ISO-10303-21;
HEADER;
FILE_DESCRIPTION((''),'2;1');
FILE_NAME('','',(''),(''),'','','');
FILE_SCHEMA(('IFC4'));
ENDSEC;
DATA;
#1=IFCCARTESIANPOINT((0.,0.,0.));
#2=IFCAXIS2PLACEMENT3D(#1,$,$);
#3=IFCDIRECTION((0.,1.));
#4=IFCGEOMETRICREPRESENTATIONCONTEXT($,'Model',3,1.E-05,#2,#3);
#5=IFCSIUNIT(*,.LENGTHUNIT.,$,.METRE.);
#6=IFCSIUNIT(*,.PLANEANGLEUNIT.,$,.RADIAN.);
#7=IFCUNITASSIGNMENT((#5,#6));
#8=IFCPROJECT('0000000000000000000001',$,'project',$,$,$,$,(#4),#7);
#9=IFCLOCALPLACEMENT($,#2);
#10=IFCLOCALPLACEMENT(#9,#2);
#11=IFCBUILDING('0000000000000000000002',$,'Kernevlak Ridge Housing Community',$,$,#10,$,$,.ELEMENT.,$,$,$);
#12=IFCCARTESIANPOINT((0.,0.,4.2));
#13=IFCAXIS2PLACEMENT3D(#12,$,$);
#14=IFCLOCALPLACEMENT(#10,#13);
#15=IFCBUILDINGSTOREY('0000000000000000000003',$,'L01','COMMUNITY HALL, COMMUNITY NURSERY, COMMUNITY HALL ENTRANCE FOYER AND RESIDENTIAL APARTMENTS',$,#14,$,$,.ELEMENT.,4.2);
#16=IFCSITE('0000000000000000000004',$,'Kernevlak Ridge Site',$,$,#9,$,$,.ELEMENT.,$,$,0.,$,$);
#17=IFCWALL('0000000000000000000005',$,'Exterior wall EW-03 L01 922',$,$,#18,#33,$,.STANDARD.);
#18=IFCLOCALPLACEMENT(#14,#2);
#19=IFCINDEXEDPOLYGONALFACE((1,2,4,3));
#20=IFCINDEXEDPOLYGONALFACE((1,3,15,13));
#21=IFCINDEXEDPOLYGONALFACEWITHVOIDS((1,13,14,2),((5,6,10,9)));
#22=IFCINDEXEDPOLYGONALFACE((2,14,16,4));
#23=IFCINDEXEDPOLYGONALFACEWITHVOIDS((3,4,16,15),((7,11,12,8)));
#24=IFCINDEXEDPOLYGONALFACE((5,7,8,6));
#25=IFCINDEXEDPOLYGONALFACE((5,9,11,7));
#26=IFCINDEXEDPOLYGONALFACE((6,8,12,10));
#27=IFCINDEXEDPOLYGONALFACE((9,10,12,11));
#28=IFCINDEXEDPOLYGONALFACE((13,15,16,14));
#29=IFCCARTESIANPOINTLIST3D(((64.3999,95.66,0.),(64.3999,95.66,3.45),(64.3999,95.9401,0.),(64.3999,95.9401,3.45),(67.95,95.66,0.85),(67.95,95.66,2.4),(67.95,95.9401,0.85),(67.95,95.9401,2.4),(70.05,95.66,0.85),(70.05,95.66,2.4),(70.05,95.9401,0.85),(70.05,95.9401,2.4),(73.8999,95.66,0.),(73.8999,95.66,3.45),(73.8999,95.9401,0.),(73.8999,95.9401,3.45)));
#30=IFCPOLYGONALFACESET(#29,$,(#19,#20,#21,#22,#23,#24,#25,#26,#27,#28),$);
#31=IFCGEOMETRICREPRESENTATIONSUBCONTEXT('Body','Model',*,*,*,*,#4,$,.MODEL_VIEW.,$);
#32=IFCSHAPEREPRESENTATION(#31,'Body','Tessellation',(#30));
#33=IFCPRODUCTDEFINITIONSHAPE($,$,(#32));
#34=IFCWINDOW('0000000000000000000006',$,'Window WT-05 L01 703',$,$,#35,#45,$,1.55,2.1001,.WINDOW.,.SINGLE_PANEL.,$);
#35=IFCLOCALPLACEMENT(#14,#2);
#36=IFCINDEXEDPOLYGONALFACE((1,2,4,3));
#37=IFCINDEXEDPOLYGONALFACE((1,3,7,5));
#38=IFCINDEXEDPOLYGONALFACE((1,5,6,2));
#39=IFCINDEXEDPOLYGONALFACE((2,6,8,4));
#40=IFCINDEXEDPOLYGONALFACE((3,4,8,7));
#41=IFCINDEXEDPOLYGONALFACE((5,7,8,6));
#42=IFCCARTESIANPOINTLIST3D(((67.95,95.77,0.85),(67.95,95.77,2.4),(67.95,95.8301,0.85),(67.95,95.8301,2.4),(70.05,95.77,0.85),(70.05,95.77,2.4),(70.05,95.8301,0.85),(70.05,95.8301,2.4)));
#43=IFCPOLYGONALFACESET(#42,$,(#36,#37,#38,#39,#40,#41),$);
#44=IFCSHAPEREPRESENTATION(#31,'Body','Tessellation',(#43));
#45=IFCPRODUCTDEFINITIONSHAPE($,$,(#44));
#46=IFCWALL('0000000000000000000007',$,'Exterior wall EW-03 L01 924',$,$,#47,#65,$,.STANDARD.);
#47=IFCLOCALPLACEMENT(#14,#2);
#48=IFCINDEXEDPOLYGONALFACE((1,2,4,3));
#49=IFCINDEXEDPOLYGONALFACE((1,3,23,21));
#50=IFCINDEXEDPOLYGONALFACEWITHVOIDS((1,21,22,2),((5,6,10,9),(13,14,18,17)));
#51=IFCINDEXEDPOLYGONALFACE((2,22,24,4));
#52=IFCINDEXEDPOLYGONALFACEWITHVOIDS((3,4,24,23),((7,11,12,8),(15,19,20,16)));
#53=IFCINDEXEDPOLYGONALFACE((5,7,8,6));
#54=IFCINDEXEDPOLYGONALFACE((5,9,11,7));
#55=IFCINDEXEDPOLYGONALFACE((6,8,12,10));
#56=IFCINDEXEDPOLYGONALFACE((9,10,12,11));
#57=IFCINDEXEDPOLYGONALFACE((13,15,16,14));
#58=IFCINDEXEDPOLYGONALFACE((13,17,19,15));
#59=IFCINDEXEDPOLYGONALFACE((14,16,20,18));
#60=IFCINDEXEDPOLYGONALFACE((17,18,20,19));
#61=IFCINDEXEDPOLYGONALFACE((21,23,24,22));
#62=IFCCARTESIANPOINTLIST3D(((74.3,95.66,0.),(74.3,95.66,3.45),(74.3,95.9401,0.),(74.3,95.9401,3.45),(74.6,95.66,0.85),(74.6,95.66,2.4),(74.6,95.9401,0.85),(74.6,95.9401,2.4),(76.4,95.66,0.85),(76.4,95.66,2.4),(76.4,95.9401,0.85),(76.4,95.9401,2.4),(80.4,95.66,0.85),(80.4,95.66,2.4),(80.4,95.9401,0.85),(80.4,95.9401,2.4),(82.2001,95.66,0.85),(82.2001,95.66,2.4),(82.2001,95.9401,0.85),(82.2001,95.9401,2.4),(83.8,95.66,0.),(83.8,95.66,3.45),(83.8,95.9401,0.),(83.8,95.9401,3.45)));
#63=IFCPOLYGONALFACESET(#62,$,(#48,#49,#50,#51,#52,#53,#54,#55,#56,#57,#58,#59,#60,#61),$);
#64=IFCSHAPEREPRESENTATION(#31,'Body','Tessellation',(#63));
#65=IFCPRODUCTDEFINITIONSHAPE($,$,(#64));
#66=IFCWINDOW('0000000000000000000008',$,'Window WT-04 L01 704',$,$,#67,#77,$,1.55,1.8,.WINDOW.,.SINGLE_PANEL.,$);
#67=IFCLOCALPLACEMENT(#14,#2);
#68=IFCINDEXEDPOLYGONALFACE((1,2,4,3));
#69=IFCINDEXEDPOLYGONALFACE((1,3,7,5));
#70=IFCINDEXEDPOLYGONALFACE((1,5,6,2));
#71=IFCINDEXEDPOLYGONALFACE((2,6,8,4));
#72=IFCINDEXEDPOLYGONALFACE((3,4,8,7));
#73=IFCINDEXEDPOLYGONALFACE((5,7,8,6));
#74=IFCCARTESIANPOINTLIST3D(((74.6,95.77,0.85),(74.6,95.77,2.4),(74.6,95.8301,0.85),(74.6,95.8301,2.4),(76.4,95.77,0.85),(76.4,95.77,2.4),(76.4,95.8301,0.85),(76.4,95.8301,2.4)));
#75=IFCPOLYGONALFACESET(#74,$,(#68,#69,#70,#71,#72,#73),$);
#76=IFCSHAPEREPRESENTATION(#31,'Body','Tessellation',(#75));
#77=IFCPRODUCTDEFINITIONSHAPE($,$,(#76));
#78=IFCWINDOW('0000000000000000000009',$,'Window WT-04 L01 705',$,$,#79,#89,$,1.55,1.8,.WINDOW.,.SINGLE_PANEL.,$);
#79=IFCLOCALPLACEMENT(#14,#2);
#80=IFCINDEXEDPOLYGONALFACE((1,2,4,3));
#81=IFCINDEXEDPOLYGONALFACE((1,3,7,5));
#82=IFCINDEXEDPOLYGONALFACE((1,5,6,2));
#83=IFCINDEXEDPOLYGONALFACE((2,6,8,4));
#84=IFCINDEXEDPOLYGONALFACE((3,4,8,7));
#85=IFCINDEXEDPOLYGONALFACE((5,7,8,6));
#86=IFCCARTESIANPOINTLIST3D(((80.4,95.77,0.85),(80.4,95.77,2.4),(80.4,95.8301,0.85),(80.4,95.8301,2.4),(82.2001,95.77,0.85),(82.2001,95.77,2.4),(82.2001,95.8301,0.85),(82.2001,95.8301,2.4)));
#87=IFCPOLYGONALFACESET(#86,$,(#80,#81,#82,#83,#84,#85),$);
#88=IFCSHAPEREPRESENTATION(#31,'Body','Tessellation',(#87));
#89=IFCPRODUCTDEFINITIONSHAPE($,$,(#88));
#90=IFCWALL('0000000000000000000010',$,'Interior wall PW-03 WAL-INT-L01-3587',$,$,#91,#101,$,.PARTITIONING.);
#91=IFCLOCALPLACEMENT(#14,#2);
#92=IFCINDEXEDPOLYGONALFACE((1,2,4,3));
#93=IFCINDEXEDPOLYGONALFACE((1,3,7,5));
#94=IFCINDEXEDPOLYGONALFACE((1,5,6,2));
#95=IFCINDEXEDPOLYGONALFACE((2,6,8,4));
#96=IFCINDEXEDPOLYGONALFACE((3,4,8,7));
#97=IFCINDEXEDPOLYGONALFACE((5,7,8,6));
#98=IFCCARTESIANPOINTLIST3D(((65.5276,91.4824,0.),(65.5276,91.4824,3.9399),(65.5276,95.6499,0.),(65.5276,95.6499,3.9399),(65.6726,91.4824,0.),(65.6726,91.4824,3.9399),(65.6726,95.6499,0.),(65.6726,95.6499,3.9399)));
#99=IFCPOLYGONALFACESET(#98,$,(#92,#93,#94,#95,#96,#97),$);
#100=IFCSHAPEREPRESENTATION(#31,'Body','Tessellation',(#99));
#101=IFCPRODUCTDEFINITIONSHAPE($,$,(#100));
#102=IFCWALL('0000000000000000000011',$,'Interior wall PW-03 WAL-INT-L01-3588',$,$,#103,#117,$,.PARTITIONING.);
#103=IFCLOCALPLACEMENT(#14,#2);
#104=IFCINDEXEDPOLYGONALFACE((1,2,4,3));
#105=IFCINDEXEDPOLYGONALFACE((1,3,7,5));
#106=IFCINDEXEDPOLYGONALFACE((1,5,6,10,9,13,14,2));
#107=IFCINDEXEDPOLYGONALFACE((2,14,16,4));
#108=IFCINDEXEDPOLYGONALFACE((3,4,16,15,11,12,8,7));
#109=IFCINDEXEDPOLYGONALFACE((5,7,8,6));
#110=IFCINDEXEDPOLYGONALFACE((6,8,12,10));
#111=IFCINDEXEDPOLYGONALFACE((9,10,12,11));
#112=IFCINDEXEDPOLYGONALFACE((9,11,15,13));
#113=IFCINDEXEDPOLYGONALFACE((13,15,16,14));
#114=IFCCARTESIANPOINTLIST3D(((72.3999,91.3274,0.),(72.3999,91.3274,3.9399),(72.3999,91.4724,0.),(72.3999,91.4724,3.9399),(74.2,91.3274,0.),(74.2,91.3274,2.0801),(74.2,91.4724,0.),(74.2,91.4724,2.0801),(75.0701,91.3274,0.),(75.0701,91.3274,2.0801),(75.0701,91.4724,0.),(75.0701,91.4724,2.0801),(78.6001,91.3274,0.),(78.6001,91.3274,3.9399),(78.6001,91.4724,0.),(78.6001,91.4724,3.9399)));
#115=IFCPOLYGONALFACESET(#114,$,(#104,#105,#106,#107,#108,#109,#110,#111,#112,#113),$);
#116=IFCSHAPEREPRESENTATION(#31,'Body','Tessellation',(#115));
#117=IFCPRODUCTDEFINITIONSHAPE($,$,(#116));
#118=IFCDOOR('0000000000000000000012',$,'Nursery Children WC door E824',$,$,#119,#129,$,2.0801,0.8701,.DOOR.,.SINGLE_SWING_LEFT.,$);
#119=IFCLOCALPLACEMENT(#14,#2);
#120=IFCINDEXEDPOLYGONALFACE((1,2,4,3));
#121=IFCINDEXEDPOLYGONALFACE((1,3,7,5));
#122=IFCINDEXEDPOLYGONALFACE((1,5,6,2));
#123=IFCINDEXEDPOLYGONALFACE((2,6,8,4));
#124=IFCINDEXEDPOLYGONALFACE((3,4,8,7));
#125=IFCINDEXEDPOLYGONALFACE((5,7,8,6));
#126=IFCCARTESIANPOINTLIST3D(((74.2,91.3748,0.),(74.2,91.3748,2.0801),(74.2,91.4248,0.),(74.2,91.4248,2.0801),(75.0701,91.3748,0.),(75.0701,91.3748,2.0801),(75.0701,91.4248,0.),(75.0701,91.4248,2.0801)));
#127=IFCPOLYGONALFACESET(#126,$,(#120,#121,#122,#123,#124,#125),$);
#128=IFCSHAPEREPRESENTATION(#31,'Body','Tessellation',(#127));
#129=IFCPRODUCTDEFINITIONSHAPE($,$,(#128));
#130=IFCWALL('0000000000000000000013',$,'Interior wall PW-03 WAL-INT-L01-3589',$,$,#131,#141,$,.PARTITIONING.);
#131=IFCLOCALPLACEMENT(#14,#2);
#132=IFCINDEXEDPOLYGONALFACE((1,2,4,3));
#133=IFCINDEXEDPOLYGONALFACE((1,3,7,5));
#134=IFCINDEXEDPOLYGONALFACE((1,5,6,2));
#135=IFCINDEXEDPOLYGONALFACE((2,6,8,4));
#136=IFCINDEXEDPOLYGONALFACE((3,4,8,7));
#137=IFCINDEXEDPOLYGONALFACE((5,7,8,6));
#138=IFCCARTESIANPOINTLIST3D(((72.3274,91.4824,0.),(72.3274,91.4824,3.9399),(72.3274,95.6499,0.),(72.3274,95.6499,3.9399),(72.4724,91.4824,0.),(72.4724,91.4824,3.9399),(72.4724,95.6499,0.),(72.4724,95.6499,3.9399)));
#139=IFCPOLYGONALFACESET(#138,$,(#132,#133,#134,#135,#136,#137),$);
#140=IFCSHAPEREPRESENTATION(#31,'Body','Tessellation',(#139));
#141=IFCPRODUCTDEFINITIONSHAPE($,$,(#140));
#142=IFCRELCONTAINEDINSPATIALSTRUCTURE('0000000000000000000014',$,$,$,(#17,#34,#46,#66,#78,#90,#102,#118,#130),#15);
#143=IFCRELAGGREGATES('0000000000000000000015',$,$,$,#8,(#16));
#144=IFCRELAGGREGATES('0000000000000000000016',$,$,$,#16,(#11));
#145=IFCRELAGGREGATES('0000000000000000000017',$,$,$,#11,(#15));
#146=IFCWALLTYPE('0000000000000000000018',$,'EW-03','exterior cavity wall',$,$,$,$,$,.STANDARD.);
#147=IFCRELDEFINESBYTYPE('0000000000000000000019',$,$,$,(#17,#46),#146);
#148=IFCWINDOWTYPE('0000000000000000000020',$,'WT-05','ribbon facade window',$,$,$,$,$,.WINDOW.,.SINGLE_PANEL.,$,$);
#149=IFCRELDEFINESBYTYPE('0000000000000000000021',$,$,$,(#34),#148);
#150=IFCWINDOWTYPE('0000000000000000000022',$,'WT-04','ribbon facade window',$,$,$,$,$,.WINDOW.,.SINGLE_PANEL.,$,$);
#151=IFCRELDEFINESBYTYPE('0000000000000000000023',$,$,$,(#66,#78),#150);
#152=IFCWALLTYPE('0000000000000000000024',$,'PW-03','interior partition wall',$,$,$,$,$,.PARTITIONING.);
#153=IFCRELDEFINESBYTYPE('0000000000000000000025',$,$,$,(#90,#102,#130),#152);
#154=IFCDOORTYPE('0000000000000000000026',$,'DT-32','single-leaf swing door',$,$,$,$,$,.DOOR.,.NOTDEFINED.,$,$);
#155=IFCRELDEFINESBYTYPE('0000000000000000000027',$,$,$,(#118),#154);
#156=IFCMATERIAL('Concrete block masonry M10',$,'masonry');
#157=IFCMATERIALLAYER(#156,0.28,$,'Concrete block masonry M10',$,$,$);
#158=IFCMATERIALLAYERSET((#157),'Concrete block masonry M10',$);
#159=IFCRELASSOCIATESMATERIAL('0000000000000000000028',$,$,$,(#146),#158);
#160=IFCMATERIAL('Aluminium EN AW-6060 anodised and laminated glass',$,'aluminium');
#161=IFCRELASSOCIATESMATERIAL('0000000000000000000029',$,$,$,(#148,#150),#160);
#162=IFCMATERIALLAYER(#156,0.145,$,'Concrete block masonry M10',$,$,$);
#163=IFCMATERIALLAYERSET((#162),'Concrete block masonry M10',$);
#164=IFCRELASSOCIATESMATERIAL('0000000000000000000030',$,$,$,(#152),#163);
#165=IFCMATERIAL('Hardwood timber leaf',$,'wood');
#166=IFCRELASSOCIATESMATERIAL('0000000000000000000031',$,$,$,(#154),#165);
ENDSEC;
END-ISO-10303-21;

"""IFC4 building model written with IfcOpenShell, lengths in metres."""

from ifc_helpers import new_model, si_unit, direction, frame, frame_2d, origin, place, context, subcontext, project, spatial, rectangle, extrude, material, layer, layer_set, type_object, element, fill, save


model = new_model("IFC4")

# Units and contexts
model_context = context("Model", 3, precision=1e-05, world=origin(), true_north=direction((0.0, 1.0)))
body_context = subcontext(model_context, "Body", "Model", "MODEL_VIEW")
ifc_project = project(units=[si_unit("LENGTHUNIT", "METRE"), si_unit("PLANEANGLEUNIT", "RADIAN")], contexts=[model_context])

# Site, building, storey
site_placement = place(None, origin())
site = spatial("IfcSite", under=ifc_project, at=site_placement, Name="Kernevlak Ridge Site", CompositionType="ELEMENT", RefElevation=0.0)
building_placement = place(site_placement, origin())
building = spatial("IfcBuilding", under=site, at=building_placement, Name="Kernevlak Ridge Housing Community", CompositionType="ELEMENT")
storey_placement = place(building_placement, frame((0.0, 0.0, 4.2)))
storey = spatial("IfcBuildingStorey", under=building, at=storey_placement, Name="L01", Description="COMMUNITY HALL, COMMUNITY NURSERY, COMMUNITY HALL ENTRANCE FOYER AND RESIDENTIAL APARTMENTS", CompositionType="ELEMENT", Elevation=4.2)

# Wall, opening, window
ifc_material_1 = material(Name="Concrete block masonry M10", Category="masonry")
ifc_layer_1 = layer(ifc_material_1, 0.28, Name="Concrete block masonry M10")
ifc_layer_set_1 = layer_set([ifc_layer_1], Name="Concrete block masonry M10")
wall_type_1 = type_object("IfcWallType", Name="EW-03", Description="exterior cavity wall", PredefinedType="STANDARD", material=ifc_layer_set_1)
ifc_material_2 = material(Name="Aluminium EN AW-6060 anodised and laminated glass", Category="aluminium")
window_type_1 = type_object("IfcWindowType", Name="WT-05", Description="ribbon facade window", PartitioningType="SINGLE_PANEL", PredefinedType="WINDOW", material=ifc_material_2)
wall_1_placement = place(storey_placement, frame((64.3999, 95.8, 0.0), z_axis=(0.0, 0.0, 1.0), x_axis=(1.0, 0.0, 0.0)))
wall_1 = element("IfcWall", 1, at=wall_1_placement, inside=storey, type_object=wall_type_1, Name="Exterior wall EW-03 L01 922", PredefinedType="STANDARD", context=body_context, shape_type="SweptSolid", body=[
    extrude(rectangle(XDim=9.5, YDim=0.28, at=frame_2d((4.75, 0.0))), origin(), (0.0, 0.0, 1.0), 3.45),
])
opening_1_placement = place(wall_1_placement, frame((3.55, 0.0, 0.8501)))
opening_1 = element("IfcOpeningElement", 2, at=opening_1_placement, cuts=wall_1, PredefinedType="OPENING", context=body_context, shape_type="SweptSolid", body=[
    extrude(rectangle(XDim=2.1001, YDim=1.55, at=frame_2d((1.05, 0.7749))), frame((0.0, 0.1499, 0.0), z_axis=(0.0, -1.0, 0.0), x_axis=(1.0, 0.0, 0.0)), (0.0, 0.0, 1.0), 0.3),
])
window_1_placement = place(opening_1_placement, origin())
window_1 = element("IfcWindow", 3, at=window_1_placement, inside=storey, type_object=window_type_1, Name="Window WT-05 L01 703", OverallHeight=1.55, OverallWidth=2.1001, PartitioningType="SINGLE_PANEL", PredefinedType="WINDOW", context=body_context, shape_type="SweptSolid", body=[
    extrude(rectangle(XDim=2.1001, YDim=1.55, at=frame_2d((1.05, 0.7749))), frame((0.0, 0.03, 0.0), z_axis=(0.0, -1.0, 0.0), x_axis=(1.0, 0.0, 0.0)), (0.0, 0.0, 1.0), 0.0601),
])
fill(opening_1, window_1)

# Wall, openings, windows
wall_2_placement = place(storey_placement, frame((74.3, 95.8, 0.0), z_axis=(0.0, 0.0, 1.0), x_axis=(1.0, 0.0, 0.0)))
wall_2 = element("IfcWall", 4, at=wall_2_placement, inside=storey, type_object=wall_type_1, Name="Exterior wall EW-03 L01 924", PredefinedType="STANDARD", context=body_context, shape_type="SweptSolid", body=[
    extrude(rectangle(XDim=9.5, YDim=0.28, at=frame_2d((4.75, 0.0))), origin(), (0.0, 0.0, 1.0), 3.45),
])
opening_2_placement = place(wall_2_placement, frame((0.3, 0.0, 0.8501)))
opening_2 = element("IfcOpeningElement", 5, at=opening_2_placement, cuts=wall_2, PredefinedType="OPENING", context=body_context, shape_type="SweptSolid", body=[
    extrude(rectangle(XDim=1.8, YDim=1.55, at=frame_2d((0.8999, 0.7749))), frame((0.0, 0.1499, 0.0), z_axis=(0.0, -1.0, 0.0), x_axis=(1.0, 0.0, 0.0)), (0.0, 0.0, 1.0), 0.3),
])
opening_3_placement = place(wall_2_placement, frame((6.1001, 0.0, 0.8501)))
opening_3 = element("IfcOpeningElement", 6, at=opening_3_placement, cuts=wall_2, PredefinedType="OPENING", context=body_context, shape_type="SweptSolid", body=[
    extrude(rectangle(XDim=1.8, YDim=1.55, at=frame_2d((0.8999, 0.7749))), frame((0.0, 0.1499, 0.0), z_axis=(0.0, -1.0, 0.0), x_axis=(1.0, 0.0, 0.0)), (0.0, 0.0, 1.0), 0.3),
])
window_type_2 = type_object("IfcWindowType", Name="WT-04", Description="ribbon facade window", PartitioningType="SINGLE_PANEL", PredefinedType="WINDOW", material=ifc_material_2)
window_2_placement = place(opening_2_placement, origin())
window_2 = element("IfcWindow", 7, at=window_2_placement, inside=storey, type_object=window_type_2, Name="Window WT-04 L01 704", OverallHeight=1.55, OverallWidth=1.8, PartitioningType="SINGLE_PANEL", PredefinedType="WINDOW", context=body_context, shape_type="SweptSolid", body=[
    extrude(rectangle(XDim=1.8, YDim=1.55, at=frame_2d((0.8999, 0.7749))), frame((0.0, 0.03, 0.0), z_axis=(0.0, -1.0, 0.0), x_axis=(1.0, 0.0, 0.0)), (0.0, 0.0, 1.0), 0.0601),
])
fill(opening_2, window_2)
window_3_placement = place(opening_3_placement, origin())
window_3 = element("IfcWindow", 8, at=window_3_placement, inside=storey, type_object=window_type_2, Name="Window WT-04 L01 705", OverallHeight=1.55, OverallWidth=1.8, PartitioningType="SINGLE_PANEL", PredefinedType="WINDOW", context=body_context, shape_type="SweptSolid", body=[
    extrude(rectangle(XDim=1.8, YDim=1.55, at=frame_2d((0.8999, 0.7749))), frame((0.0, 0.03, 0.0), z_axis=(0.0, -1.0, 0.0), x_axis=(1.0, 0.0, 0.0)), (0.0, 0.0, 1.0), 0.0601),
])
fill(opening_3, window_3)

# Wall
ifc_layer_2 = layer(ifc_material_1, 0.145, Name="Concrete block masonry M10")
ifc_layer_set_2 = layer_set([ifc_layer_2], Name="Concrete block masonry M10")
wall_type_2 = type_object("IfcWallType", Name="PW-03", Description="interior partition wall", PredefinedType="PARTITIONING", material=ifc_layer_set_2)
wall_3_placement = place(storey_placement, frame((65.6001, 91.4824, 0.0), z_axis=(0.0, 0.0, 1.0), x_axis=(0.0, 1.0, 0.0)))
element("IfcWall", 9, at=wall_3_placement, inside=storey, type_object=wall_type_2, Name="Interior wall PW-03 WAL-INT-L01-3587", PredefinedType="PARTITIONING", context=body_context, shape_type="SweptSolid", body=[
    extrude(rectangle(XDim=4.1675, YDim=0.145, at=frame_2d((2.0837, 0.0))), origin(), (0.0, 0.0, 1.0), 3.9399),
])

# Wall, opening, door
wall_4_placement = place(storey_placement, frame((72.3999, 91.3999, 0.0), z_axis=(0.0, 0.0, 1.0), x_axis=(1.0, 0.0, 0.0)))
wall_4 = element("IfcWall", 10, at=wall_4_placement, inside=storey, type_object=wall_type_2, Name="Interior wall PW-03 WAL-INT-L01-3588", PredefinedType="PARTITIONING", context=body_context, shape_type="SweptSolid", body=[
    extrude(rectangle(XDim=6.2002, YDim=0.145, at=frame_2d((3.1001, 0.0))), origin(), (0.0, 0.0, 1.0), 3.9399),
])
opening_4_placement = place(wall_4_placement, frame((1.8, 0.0, 0.0)))
opening_4 = element("IfcOpeningElement", 11, at=opening_4_placement, cuts=wall_4, PredefinedType="OPENING", context=body_context, shape_type="SweptSolid", body=[
    extrude(rectangle(XDim=0.8701, YDim=2.0801, at=frame_2d((0.4351, 1.04))), frame((0.0, 0.0825, 0.0), z_axis=(0.0, -1.0, 0.0), x_axis=(1.0, 0.0, 0.0)), (0.0, 0.0, 1.0), 0.165),
])
ifc_material_3 = material(Name="Hardwood timber leaf", Category="wood")
door_type_1 = type_object("IfcDoorType", Name="DT-32", Description="single-leaf swing door", OperationType="NOTDEFINED", PredefinedType="DOOR", material=ifc_material_3)
door_1_placement = place(opening_4_placement, origin())
door_1 = element("IfcDoor", 12, at=door_1_placement, inside=storey, type_object=door_type_1, Name="Nursery Children WC door E824", OperationType="SINGLE_SWING_LEFT", OverallHeight=2.0801, OverallWidth=0.8701, PredefinedType="DOOR", context=body_context, shape_type="SweptSolid", body=[
    extrude(rectangle(XDim=0.8701, YDim=2.0801, at=frame_2d((0.4351, 1.04))), frame((0.0, 0.0249, 0.0), z_axis=(0.0, -1.0, 0.0), x_axis=(1.0, 0.0, 0.0)), (0.0, 0.0, 1.0), 0.05),
])
fill(opening_4, door_1)

# Wall
wall_5_placement = place(storey_placement, frame((72.3999, 91.4824, 0.0), z_axis=(0.0, 0.0, 1.0), x_axis=(0.0, 1.0, 0.0)))
element("IfcWall", 13, at=wall_5_placement, inside=storey, type_object=wall_type_2, Name="Interior wall PW-03 WAL-INT-L01-3589", PredefinedType="PARTITIONING", context=body_context, shape_type="SweptSolid", body=[
    extrude(rectangle(XDim=4.1675, YDim=0.145, at=frame_2d((2.0837, 0.0))), origin(), (0.0, 0.0, 1.0), 3.9399),
])

save(model, "model.ifc")
